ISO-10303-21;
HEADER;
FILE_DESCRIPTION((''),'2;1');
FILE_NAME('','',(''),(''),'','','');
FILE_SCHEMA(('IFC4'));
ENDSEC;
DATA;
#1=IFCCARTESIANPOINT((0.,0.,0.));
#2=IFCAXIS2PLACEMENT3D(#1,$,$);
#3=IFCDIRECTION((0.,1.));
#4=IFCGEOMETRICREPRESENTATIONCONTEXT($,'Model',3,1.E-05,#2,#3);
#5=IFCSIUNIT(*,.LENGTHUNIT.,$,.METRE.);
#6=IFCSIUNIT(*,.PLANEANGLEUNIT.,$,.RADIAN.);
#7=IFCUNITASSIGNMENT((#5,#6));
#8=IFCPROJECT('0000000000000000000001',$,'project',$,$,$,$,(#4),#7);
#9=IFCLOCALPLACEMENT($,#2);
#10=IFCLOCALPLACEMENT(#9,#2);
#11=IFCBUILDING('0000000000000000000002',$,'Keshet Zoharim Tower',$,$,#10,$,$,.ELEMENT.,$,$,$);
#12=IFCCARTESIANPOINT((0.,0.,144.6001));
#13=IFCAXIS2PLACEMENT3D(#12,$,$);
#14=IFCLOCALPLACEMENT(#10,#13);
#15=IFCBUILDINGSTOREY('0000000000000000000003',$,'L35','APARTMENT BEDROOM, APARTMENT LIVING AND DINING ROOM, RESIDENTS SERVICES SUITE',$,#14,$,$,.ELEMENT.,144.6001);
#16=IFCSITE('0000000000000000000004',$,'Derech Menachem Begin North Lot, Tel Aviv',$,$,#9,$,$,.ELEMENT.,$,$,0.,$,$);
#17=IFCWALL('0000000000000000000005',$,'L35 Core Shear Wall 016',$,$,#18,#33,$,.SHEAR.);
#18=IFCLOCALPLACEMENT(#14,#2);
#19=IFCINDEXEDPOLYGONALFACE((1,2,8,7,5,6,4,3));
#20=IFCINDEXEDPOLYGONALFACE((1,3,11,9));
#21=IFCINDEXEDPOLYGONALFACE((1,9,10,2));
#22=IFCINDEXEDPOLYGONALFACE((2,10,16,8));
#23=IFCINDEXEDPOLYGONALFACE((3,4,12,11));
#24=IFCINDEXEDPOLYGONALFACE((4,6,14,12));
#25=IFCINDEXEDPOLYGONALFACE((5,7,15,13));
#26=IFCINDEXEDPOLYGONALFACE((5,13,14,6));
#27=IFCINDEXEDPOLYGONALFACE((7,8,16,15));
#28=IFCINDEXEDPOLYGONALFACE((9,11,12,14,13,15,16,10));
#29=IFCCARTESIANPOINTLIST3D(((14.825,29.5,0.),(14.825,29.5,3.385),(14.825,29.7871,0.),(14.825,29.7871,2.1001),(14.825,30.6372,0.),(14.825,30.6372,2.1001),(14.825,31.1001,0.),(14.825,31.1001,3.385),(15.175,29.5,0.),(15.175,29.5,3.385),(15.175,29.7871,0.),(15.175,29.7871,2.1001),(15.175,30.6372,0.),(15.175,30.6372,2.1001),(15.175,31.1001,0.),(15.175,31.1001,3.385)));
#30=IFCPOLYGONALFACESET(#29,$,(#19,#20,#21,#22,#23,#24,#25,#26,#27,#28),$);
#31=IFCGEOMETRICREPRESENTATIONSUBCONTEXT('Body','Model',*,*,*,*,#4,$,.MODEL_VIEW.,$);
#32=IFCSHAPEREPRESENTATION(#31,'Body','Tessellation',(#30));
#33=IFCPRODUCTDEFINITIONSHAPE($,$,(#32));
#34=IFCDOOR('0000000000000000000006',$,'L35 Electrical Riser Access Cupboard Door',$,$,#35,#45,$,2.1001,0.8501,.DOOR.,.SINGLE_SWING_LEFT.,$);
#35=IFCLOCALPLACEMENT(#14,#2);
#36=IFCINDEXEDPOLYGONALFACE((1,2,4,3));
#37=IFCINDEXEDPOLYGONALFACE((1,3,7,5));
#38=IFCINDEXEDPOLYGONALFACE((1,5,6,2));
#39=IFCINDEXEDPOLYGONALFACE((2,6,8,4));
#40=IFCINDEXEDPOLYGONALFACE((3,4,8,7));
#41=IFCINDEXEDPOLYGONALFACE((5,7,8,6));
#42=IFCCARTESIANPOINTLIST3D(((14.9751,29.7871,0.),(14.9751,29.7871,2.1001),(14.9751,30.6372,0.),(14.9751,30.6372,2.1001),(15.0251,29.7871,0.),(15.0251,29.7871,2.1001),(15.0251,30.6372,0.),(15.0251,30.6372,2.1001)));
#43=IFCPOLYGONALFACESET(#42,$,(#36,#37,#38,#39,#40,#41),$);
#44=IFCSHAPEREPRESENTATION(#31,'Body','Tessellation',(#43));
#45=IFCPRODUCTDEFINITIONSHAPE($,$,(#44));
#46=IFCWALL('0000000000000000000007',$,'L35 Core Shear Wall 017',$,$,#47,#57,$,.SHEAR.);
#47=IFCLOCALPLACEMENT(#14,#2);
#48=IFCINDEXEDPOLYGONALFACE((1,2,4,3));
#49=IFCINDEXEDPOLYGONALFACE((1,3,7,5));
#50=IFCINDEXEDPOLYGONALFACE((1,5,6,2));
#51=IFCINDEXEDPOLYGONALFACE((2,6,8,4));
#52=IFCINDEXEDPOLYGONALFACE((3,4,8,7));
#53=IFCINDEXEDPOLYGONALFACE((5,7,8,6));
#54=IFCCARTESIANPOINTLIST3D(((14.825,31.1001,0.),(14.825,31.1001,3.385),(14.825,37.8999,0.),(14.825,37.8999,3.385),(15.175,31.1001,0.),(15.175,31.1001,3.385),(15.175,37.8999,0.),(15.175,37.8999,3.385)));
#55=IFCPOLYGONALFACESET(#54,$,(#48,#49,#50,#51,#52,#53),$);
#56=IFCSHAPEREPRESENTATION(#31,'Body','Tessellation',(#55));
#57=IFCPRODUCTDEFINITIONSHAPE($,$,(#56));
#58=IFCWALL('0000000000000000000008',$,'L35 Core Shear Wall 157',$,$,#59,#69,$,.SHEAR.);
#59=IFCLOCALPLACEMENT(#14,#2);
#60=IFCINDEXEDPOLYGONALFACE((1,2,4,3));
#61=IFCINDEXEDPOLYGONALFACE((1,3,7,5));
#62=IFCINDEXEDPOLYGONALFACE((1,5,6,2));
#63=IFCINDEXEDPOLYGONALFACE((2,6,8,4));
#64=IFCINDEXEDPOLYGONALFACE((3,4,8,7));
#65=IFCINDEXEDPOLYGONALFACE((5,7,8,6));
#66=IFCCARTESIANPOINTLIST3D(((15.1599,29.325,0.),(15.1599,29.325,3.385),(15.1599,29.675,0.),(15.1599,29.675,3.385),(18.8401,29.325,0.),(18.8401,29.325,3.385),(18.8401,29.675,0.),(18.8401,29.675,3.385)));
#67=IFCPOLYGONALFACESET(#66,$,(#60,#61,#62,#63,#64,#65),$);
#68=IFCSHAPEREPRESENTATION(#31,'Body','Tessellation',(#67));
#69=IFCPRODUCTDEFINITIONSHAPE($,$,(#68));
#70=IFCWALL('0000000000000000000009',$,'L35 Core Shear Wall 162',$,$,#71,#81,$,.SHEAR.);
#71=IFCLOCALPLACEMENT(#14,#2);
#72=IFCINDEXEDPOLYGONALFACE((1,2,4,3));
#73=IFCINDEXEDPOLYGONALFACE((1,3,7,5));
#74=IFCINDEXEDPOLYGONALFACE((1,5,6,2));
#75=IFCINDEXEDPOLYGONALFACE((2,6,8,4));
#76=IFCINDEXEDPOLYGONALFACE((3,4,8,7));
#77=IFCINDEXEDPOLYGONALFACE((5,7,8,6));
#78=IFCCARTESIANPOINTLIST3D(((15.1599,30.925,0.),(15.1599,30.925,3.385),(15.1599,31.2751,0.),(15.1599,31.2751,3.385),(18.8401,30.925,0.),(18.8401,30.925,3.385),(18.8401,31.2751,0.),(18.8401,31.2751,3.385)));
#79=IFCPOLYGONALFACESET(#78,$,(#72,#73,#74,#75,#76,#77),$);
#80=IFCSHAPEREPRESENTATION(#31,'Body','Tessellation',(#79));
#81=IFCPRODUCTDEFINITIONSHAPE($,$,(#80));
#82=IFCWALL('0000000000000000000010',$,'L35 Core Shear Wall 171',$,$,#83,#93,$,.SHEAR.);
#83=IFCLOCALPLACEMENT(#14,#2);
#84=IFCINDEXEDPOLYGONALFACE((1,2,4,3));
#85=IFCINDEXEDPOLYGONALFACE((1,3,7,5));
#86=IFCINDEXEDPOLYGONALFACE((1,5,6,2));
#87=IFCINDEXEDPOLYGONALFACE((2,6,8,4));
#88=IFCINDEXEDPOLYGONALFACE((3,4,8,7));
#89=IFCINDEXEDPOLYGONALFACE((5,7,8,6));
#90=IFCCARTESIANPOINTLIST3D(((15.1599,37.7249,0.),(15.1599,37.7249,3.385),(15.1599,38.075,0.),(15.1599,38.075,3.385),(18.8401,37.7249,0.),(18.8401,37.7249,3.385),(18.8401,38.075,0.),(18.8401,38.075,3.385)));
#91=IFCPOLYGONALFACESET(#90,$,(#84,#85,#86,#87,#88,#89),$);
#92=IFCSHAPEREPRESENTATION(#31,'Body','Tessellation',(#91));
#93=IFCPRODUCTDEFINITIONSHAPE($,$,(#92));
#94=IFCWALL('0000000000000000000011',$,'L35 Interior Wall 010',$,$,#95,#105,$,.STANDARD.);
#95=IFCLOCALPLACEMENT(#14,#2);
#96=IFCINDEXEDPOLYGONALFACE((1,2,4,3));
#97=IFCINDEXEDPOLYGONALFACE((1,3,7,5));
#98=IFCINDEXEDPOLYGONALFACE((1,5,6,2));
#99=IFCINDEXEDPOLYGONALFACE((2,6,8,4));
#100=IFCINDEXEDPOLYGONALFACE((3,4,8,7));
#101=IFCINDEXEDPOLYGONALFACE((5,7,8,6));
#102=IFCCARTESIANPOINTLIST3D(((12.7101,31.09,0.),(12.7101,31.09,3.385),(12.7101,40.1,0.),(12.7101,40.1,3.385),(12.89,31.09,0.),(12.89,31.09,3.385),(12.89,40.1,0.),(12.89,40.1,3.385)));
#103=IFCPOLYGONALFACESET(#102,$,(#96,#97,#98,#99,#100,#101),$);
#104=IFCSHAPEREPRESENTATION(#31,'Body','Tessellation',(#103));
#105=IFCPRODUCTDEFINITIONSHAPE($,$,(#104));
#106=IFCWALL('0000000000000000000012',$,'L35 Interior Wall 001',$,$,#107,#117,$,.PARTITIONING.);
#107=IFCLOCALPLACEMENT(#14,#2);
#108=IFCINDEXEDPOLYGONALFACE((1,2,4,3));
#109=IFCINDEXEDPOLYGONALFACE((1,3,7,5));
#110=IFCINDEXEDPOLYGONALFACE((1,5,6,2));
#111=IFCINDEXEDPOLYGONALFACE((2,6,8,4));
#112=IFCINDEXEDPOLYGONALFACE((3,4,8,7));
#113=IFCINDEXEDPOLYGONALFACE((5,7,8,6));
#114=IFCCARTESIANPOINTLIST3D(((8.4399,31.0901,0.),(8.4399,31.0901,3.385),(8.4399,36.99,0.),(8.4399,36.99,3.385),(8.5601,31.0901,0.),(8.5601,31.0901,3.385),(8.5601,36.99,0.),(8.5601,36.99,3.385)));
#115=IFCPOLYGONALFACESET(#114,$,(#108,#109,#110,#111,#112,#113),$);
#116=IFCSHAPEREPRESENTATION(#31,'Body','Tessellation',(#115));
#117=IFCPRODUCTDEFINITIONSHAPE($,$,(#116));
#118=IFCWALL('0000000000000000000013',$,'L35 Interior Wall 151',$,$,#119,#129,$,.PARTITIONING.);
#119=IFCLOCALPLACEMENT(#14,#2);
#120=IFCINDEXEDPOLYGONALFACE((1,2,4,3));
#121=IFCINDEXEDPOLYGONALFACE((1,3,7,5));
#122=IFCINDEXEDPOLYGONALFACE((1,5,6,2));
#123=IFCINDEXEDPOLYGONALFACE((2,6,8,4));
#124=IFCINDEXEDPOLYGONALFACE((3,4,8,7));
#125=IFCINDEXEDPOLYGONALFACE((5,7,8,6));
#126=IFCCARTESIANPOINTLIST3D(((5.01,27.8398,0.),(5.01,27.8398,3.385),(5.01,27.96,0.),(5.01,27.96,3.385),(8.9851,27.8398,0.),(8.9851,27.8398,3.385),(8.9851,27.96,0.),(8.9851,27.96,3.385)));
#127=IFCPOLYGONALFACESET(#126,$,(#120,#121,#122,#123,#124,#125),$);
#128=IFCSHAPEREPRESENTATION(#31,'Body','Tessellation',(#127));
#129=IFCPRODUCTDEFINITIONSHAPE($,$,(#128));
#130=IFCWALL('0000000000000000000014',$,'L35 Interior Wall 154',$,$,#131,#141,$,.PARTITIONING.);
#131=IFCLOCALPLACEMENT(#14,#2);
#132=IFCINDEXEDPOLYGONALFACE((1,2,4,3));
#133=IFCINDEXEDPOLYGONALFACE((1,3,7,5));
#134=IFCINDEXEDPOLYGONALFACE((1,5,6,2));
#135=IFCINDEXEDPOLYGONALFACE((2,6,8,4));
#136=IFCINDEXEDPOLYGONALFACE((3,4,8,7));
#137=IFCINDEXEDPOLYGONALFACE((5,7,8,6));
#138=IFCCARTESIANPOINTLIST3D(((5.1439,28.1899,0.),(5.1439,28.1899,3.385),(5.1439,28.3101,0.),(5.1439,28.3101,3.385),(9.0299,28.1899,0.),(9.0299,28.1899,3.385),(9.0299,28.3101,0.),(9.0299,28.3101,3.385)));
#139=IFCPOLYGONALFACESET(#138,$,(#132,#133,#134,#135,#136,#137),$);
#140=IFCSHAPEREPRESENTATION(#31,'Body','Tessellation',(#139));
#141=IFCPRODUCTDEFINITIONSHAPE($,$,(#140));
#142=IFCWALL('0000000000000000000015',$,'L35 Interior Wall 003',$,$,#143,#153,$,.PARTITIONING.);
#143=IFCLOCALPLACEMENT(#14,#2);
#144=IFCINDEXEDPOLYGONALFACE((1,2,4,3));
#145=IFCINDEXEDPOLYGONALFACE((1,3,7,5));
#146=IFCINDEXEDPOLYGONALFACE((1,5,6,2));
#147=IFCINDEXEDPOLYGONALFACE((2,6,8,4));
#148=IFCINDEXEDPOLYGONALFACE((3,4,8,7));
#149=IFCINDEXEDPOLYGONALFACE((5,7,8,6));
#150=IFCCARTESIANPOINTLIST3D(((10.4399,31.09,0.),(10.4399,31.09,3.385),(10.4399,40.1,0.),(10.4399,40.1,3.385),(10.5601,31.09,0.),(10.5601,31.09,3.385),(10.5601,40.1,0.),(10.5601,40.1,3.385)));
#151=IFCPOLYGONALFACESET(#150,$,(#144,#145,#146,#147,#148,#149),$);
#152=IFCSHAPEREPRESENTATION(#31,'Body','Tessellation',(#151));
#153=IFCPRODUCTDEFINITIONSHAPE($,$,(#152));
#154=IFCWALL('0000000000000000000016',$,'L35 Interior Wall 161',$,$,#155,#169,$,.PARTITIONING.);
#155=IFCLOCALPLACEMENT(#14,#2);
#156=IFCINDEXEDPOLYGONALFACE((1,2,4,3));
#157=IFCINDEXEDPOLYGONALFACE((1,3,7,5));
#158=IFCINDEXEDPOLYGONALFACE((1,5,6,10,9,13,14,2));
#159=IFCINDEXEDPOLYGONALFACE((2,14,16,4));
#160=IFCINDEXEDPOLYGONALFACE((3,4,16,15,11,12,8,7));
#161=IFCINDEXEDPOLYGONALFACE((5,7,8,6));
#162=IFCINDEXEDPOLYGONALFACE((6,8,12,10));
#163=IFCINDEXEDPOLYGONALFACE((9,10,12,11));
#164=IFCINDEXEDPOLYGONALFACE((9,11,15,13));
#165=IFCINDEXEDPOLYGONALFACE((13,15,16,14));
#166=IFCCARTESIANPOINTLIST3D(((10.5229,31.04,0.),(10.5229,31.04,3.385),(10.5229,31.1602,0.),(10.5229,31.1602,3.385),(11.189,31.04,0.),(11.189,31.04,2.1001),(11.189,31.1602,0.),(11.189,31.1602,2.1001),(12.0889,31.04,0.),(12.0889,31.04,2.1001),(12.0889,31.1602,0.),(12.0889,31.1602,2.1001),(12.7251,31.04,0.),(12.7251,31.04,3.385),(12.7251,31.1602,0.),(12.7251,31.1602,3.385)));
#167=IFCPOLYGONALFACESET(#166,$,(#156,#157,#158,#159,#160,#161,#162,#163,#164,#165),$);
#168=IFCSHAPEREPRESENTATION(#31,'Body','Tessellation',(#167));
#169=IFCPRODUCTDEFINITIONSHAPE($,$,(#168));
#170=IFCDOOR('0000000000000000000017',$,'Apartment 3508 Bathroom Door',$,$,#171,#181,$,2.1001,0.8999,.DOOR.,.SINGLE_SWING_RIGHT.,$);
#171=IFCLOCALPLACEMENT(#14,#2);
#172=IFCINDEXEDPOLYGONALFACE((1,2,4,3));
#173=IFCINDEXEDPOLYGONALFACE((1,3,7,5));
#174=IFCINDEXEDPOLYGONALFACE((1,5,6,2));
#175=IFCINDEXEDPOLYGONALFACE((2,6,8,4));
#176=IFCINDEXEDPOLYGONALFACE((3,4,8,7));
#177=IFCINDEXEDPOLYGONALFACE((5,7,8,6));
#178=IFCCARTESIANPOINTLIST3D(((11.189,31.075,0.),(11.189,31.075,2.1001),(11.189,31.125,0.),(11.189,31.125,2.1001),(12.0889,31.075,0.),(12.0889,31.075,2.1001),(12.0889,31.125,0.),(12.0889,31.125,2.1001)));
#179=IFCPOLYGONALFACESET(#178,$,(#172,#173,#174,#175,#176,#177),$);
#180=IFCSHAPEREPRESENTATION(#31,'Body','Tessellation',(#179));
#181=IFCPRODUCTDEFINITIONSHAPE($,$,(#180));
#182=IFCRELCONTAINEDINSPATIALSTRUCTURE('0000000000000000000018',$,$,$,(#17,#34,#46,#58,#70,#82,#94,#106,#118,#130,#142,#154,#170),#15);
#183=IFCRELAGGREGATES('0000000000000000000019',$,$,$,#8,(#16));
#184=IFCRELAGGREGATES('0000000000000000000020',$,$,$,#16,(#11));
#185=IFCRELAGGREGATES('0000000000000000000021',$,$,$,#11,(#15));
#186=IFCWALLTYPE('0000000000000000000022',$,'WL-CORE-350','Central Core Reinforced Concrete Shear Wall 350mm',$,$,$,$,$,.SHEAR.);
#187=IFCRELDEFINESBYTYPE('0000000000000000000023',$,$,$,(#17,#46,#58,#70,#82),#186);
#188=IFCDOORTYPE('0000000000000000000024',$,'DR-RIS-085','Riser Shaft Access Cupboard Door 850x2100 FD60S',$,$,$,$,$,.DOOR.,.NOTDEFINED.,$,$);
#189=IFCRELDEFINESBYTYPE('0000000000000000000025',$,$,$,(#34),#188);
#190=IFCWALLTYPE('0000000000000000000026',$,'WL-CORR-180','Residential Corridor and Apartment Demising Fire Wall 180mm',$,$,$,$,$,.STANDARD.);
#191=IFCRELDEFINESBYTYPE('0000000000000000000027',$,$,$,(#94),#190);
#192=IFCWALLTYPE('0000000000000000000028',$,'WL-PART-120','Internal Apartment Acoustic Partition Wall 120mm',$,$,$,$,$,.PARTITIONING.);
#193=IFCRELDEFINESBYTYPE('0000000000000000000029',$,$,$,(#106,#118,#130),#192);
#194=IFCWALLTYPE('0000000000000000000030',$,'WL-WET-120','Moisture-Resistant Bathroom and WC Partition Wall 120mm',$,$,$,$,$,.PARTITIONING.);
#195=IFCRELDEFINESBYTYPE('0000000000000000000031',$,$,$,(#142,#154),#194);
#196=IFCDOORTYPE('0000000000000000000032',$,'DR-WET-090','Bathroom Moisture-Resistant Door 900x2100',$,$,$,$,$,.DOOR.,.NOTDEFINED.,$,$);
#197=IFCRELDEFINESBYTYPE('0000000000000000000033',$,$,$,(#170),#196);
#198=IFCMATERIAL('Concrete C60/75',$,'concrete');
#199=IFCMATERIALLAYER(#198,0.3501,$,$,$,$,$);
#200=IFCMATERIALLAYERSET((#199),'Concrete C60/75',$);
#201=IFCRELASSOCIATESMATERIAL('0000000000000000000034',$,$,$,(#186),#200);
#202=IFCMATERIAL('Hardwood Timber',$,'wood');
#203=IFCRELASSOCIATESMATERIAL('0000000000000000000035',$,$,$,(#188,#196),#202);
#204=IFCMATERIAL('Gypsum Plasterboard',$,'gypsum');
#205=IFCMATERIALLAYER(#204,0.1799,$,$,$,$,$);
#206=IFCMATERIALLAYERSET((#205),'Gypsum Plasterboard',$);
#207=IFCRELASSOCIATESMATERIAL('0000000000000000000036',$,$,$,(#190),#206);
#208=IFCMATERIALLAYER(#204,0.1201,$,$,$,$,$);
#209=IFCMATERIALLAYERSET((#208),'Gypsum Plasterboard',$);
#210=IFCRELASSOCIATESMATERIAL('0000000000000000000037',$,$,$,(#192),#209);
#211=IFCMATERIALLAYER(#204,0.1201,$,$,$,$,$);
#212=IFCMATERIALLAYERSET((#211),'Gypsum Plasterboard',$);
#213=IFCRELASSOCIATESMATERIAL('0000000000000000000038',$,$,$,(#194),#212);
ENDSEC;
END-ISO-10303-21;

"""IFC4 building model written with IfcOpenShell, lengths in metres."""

from ifc_helpers import new_model, si_unit, direction, frame, frame_2d, origin, place, context, subcontext, project, spatial, rectangle, extrude, material, layer, layer_set, type_object, element, fill, save


model = new_model("IFC4")

# Units and contexts
model_context = context("Model", 3, precision=1e-05, world=origin(), true_north=direction((0.0, 1.0)))
body_context = subcontext(model_context, "Body", "Model", "MODEL_VIEW")
ifc_project = project(units=[si_unit("LENGTHUNIT", "METRE"), si_unit("PLANEANGLEUNIT", "RADIAN")], contexts=[model_context])

# Site, building, storey
site_placement = place(None, origin())
site = spatial("IfcSite", under=ifc_project, at=site_placement, Name="Derech Menachem Begin North Lot, Tel Aviv", CompositionType="ELEMENT", RefElevation=0.0)
building_placement = place(site_placement, origin())
building = spatial("IfcBuilding", under=site, at=building_placement, Name="Keshet Zoharim Tower", CompositionType="ELEMENT")
storey_placement = place(building_placement, frame((0.0, 0.0, 144.6001)))
storey = spatial("IfcBuildingStorey", under=building, at=storey_placement, Name="L35", Description="APARTMENT BEDROOM, APARTMENT LIVING AND DINING ROOM, RESIDENTS SERVICES SUITE", CompositionType="ELEMENT", Elevation=144.6001)

# Wall, opening, door
ifc_material_1 = material(Name="Concrete C60/75", Category="concrete")
ifc_layer_1 = layer(ifc_material_1, 0.3501)
ifc_layer_set_1 = layer_set([ifc_layer_1], Name="Concrete C60/75")
wall_type_1 = type_object("IfcWallType", Name="WL-CORE-350", Description="Central Core Reinforced Concrete Shear Wall 350mm", PredefinedType="SHEAR", material=ifc_layer_set_1)
wall_1_placement = place(storey_placement, frame((15.0, 29.5, 0.0), z_axis=(0.0, 0.0, 1.0), x_axis=(0.0, 1.0, 0.0)))
wall_1 = element("IfcWall", 1, at=wall_1_placement, inside=storey, type_object=wall_type_1, Name="L35 Core Shear Wall 016", PredefinedType="SHEAR", context=body_context, shape_type="SweptSolid", body=[
    extrude(rectangle(XDim=1.6001, YDim=0.3501, at=frame_2d((0.8, 0.0))), origin(), (0.0, 0.0, 1.0), 3.385),
])
opening_1_placement = place(wall_1_placement, frame((0.2871, 0.0, 0.0)))
opening_1 = element("IfcOpeningElement", 2, at=opening_1_placement, cuts=wall_1, PredefinedType="OPENING", context=body_context, shape_type="SweptSolid", body=[
    extrude(rectangle(XDim=0.8501, YDim=2.1001, at=frame_2d((0.425, 1.05))), frame((0.0, 0.1851, 0.0), z_axis=(0.0, -1.0, 0.0), x_axis=(1.0, 0.0, 0.0)), (0.0, 0.0, 1.0), 0.3701),
])
ifc_material_2 = material(Name="Hardwood Timber", Category="wood")
door_type_1 = type_object("IfcDoorType", Name="DR-RIS-085", Description="Riser Shaft Access Cupboard Door 850x2100 FD60S", OperationType="NOTDEFINED", PredefinedType="DOOR", material=ifc_material_2)
door_1_placement = place(opening_1_placement, origin())
door_1 = element("IfcDoor", 3, at=door_1_placement, inside=storey, type_object=door_type_1, Name="L35 Electrical Riser Access Cupboard Door", OperationType="SINGLE_SWING_LEFT", OverallHeight=2.1001, OverallWidth=0.8501, PredefinedType="DOOR", context=body_context, shape_type="SweptSolid", body=[
    extrude(rectangle(XDim=0.8501, YDim=2.1001, at=frame_2d((0.425, 1.05))), frame((0.0, 0.0249, 0.0), z_axis=(0.0, -1.0, 0.0), x_axis=(1.0, 0.0, 0.0)), (0.0, 0.0, 1.0), 0.05),
])
fill(opening_1, door_1)

# Walls
wall_2_placement = place(storey_placement, frame((15.0, 31.1001, 0.0), z_axis=(0.0, 0.0, 1.0), x_axis=(0.0, 1.0, 0.0)))
element("IfcWall", 4, at=wall_2_placement, inside=storey, type_object=wall_type_1, Name="L35 Core Shear Wall 017", PredefinedType="SHEAR", context=body_context, shape_type="SweptSolid", body=[
    extrude(rectangle(XDim=6.7998, YDim=0.3501, at=frame_2d((3.3999, 0.0))), origin(), (0.0, 0.0, 1.0), 3.385),
])
for number, where, z_axis, x_axis, name in (
    (5, (15.1599, 29.5, 0.0), (0.0, 0.0, 1.0), (1.0, 0.0, 0.0), "L35 Core Shear Wall 157"),
    (6, (15.1599, 31.1001, 0.0), (0.0, 0.0, 1.0), (1.0, 0.0, 0.0), "L35 Core Shear Wall 162"),
    (7, (15.1599, 37.8999, 0.0), (0.0, 0.0, 1.0), (1.0, 0.0, 0.0), "L35 Core Shear Wall 171"),
):
    element("IfcWall", number, at=place(storey_placement, frame(where, z_axis=z_axis, x_axis=x_axis)), inside=storey, type_object=wall_type_1, Name=name, PredefinedType="SHEAR", context=body_context, shape_type="SweptSolid", body=[
        extrude(rectangle(XDim=3.6802, YDim=0.3501, at=frame_2d((1.8401, 0.0))), origin(), (0.0, 0.0, 1.0), 3.385),
    ])

# Shared definitions
ifc_material_3 = material(Name="Gypsum Plasterboard", Category="gypsum")
ifc_layer_2 = layer(ifc_material_3, 0.1799)
ifc_layer_set_2 = layer_set([ifc_layer_2], Name="Gypsum Plasterboard")
wall_type_2 = type_object("IfcWallType", Name="WL-CORR-180", Description="Residential Corridor and Apartment Demising Fire Wall 180mm", PredefinedType="STANDARD", material=ifc_layer_set_2)

# Walls
wall_3_placement = place(storey_placement, frame((12.8, 31.0901, 0.0), z_axis=(0.0, 0.0, 1.0), x_axis=(0.0, 1.0, 0.0)))
element("IfcWall", 8, at=wall_3_placement, inside=storey, type_object=wall_type_2, Name="L35 Interior Wall 010", PredefinedType="STANDARD", context=body_context, shape_type="SweptSolid", body=[
    extrude(rectangle(XDim=9.01, YDim=0.1799, at=frame_2d((4.5049, 0.0))), origin(), (0.0, 0.0, 1.0), 3.385),
])
ifc_layer_3 = layer(ifc_material_3, 0.1201)
ifc_layer_set_3 = layer_set([ifc_layer_3], Name="Gypsum Plasterboard")
wall_type_3 = type_object("IfcWallType", Name="WL-PART-120", Description="Internal Apartment Acoustic Partition Wall 120mm", PredefinedType="PARTITIONING", material=ifc_layer_set_3)
wall_4_placement = place(storey_placement, frame((8.5, 31.0901, 0.0), z_axis=(0.0, 0.0, 1.0), x_axis=(0.0, 1.0, 0.0)))
element("IfcWall", 9, at=wall_4_placement, inside=storey, type_object=wall_type_3, Name="L35 Interior Wall 001", PredefinedType="PARTITIONING", context=body_context, shape_type="SweptSolid", body=[
    extrude(rectangle(XDim=5.8999, YDim=0.1201, at=frame_2d((2.95, 0.0))), origin(), (0.0, 0.0, 1.0), 3.385),
])
wall_5_placement = place(storey_placement, frame((5.01, 27.8999, 0.0), z_axis=(0.0, 0.0, 1.0), x_axis=(1.0, 0.0, 0.0)))
element("IfcWall", 10, at=wall_5_placement, inside=storey, type_object=wall_type_3, Name="L35 Interior Wall 151", PredefinedType="PARTITIONING", context=body_context, shape_type="SweptSolid", body=[
    extrude(rectangle(XDim=3.9751, YDim=0.1201, at=frame_2d((1.9875, 0.0))), origin(), (0.0, 0.0, 1.0), 3.385),
])
wall_6_placement = place(storey_placement, frame((5.144, 28.25, 0.0), z_axis=(0.0, 0.0, 1.0), x_axis=(1.0, 0.0, 0.0)))
element("IfcWall", 11, at=wall_6_placement, inside=storey, type_object=wall_type_3, Name="L35 Interior Wall 154", PredefinedType="PARTITIONING", context=body_context, shape_type="SweptSolid", body=[
    extrude(rectangle(XDim=3.886, YDim=0.1201, at=frame_2d((1.9429, 0.0))), origin(), (0.0, 0.0, 1.0), 3.385),
])

# Wall
ifc_layer_4 = layer(ifc_material_3, 0.1201)
ifc_layer_set_4 = layer_set([ifc_layer_4], Name="Gypsum Plasterboard")
wall_type_4 = type_object("IfcWallType", Name="WL-WET-120", Description="Moisture-Resistant Bathroom and WC Partition Wall 120mm", PredefinedType="PARTITIONING", material=ifc_layer_set_4)
wall_7_placement = place(storey_placement, frame((10.5, 31.0901, 0.0), z_axis=(0.0, 0.0, 1.0), x_axis=(0.0, 1.0, 0.0)))
element("IfcWall", 12, at=wall_7_placement, inside=storey, type_object=wall_type_4, Name="L35 Interior Wall 003", PredefinedType="PARTITIONING", context=body_context, shape_type="SweptSolid", body=[
    extrude(rectangle(XDim=9.01, YDim=0.1201, at=frame_2d((4.5049, 0.0))), origin(), (0.0, 0.0, 1.0), 3.385),
])

# Wall, opening, door
wall_8_placement = place(storey_placement, frame((10.5229, 31.1001, 0.0), z_axis=(0.0, 0.0, 1.0), x_axis=(1.0, 0.0, 0.0)))
wall_8 = element("IfcWall", 13, at=wall_8_placement, inside=storey, type_object=wall_type_4, Name="L35 Interior Wall 161", PredefinedType="PARTITIONING", context=body_context, shape_type="SweptSolid", body=[
    extrude(rectangle(XDim=2.2021, YDim=0.1201, at=frame_2d((1.1011, 0.0))), origin(), (0.0, 0.0, 1.0), 3.385),
])
opening_2_placement = place(wall_8_placement, frame((0.666, 0.0, 0.0)))
opening_2 = element("IfcOpeningElement", 14, at=opening_2_placement, cuts=wall_8, PredefinedType="OPENING", context=body_context, shape_type="SweptSolid", body=[
    extrude(rectangle(XDim=0.8999, YDim=2.1001, at=frame_2d((0.45, 1.05))), frame((0.0, 0.0701, 0.0), z_axis=(0.0, -1.0, 0.0), x_axis=(1.0, 0.0, 0.0)), (0.0, 0.0, 1.0), 0.1401),
])
door_type_2 = type_object("IfcDoorType", Name="DR-WET-090", Description="Bathroom Moisture-Resistant Door 900x2100", OperationType="NOTDEFINED", PredefinedType="DOOR", material=ifc_material_2)
door_2_placement = place(opening_2_placement, origin())
door_2 = element("IfcDoor", 15, at=door_2_placement, inside=storey, type_object=door_type_2, Name="Apartment 3508 Bathroom Door", OperationType="SINGLE_SWING_RIGHT", OverallHeight=2.1001, OverallWidth=0.8999, PredefinedType="DOOR", context=body_context, shape_type="SweptSolid", body=[
    extrude(rectangle(XDim=0.8999, YDim=2.1001, at=frame_2d((0.45, 1.05))), frame((0.0, 0.0249, 0.0), z_axis=(0.0, -1.0, 0.0), x_axis=(1.0, 0.0, 0.0)), (0.0, 0.0, 1.0), 0.05),
])
fill(opening_2, door_2)

save(model, "model.ifc")
